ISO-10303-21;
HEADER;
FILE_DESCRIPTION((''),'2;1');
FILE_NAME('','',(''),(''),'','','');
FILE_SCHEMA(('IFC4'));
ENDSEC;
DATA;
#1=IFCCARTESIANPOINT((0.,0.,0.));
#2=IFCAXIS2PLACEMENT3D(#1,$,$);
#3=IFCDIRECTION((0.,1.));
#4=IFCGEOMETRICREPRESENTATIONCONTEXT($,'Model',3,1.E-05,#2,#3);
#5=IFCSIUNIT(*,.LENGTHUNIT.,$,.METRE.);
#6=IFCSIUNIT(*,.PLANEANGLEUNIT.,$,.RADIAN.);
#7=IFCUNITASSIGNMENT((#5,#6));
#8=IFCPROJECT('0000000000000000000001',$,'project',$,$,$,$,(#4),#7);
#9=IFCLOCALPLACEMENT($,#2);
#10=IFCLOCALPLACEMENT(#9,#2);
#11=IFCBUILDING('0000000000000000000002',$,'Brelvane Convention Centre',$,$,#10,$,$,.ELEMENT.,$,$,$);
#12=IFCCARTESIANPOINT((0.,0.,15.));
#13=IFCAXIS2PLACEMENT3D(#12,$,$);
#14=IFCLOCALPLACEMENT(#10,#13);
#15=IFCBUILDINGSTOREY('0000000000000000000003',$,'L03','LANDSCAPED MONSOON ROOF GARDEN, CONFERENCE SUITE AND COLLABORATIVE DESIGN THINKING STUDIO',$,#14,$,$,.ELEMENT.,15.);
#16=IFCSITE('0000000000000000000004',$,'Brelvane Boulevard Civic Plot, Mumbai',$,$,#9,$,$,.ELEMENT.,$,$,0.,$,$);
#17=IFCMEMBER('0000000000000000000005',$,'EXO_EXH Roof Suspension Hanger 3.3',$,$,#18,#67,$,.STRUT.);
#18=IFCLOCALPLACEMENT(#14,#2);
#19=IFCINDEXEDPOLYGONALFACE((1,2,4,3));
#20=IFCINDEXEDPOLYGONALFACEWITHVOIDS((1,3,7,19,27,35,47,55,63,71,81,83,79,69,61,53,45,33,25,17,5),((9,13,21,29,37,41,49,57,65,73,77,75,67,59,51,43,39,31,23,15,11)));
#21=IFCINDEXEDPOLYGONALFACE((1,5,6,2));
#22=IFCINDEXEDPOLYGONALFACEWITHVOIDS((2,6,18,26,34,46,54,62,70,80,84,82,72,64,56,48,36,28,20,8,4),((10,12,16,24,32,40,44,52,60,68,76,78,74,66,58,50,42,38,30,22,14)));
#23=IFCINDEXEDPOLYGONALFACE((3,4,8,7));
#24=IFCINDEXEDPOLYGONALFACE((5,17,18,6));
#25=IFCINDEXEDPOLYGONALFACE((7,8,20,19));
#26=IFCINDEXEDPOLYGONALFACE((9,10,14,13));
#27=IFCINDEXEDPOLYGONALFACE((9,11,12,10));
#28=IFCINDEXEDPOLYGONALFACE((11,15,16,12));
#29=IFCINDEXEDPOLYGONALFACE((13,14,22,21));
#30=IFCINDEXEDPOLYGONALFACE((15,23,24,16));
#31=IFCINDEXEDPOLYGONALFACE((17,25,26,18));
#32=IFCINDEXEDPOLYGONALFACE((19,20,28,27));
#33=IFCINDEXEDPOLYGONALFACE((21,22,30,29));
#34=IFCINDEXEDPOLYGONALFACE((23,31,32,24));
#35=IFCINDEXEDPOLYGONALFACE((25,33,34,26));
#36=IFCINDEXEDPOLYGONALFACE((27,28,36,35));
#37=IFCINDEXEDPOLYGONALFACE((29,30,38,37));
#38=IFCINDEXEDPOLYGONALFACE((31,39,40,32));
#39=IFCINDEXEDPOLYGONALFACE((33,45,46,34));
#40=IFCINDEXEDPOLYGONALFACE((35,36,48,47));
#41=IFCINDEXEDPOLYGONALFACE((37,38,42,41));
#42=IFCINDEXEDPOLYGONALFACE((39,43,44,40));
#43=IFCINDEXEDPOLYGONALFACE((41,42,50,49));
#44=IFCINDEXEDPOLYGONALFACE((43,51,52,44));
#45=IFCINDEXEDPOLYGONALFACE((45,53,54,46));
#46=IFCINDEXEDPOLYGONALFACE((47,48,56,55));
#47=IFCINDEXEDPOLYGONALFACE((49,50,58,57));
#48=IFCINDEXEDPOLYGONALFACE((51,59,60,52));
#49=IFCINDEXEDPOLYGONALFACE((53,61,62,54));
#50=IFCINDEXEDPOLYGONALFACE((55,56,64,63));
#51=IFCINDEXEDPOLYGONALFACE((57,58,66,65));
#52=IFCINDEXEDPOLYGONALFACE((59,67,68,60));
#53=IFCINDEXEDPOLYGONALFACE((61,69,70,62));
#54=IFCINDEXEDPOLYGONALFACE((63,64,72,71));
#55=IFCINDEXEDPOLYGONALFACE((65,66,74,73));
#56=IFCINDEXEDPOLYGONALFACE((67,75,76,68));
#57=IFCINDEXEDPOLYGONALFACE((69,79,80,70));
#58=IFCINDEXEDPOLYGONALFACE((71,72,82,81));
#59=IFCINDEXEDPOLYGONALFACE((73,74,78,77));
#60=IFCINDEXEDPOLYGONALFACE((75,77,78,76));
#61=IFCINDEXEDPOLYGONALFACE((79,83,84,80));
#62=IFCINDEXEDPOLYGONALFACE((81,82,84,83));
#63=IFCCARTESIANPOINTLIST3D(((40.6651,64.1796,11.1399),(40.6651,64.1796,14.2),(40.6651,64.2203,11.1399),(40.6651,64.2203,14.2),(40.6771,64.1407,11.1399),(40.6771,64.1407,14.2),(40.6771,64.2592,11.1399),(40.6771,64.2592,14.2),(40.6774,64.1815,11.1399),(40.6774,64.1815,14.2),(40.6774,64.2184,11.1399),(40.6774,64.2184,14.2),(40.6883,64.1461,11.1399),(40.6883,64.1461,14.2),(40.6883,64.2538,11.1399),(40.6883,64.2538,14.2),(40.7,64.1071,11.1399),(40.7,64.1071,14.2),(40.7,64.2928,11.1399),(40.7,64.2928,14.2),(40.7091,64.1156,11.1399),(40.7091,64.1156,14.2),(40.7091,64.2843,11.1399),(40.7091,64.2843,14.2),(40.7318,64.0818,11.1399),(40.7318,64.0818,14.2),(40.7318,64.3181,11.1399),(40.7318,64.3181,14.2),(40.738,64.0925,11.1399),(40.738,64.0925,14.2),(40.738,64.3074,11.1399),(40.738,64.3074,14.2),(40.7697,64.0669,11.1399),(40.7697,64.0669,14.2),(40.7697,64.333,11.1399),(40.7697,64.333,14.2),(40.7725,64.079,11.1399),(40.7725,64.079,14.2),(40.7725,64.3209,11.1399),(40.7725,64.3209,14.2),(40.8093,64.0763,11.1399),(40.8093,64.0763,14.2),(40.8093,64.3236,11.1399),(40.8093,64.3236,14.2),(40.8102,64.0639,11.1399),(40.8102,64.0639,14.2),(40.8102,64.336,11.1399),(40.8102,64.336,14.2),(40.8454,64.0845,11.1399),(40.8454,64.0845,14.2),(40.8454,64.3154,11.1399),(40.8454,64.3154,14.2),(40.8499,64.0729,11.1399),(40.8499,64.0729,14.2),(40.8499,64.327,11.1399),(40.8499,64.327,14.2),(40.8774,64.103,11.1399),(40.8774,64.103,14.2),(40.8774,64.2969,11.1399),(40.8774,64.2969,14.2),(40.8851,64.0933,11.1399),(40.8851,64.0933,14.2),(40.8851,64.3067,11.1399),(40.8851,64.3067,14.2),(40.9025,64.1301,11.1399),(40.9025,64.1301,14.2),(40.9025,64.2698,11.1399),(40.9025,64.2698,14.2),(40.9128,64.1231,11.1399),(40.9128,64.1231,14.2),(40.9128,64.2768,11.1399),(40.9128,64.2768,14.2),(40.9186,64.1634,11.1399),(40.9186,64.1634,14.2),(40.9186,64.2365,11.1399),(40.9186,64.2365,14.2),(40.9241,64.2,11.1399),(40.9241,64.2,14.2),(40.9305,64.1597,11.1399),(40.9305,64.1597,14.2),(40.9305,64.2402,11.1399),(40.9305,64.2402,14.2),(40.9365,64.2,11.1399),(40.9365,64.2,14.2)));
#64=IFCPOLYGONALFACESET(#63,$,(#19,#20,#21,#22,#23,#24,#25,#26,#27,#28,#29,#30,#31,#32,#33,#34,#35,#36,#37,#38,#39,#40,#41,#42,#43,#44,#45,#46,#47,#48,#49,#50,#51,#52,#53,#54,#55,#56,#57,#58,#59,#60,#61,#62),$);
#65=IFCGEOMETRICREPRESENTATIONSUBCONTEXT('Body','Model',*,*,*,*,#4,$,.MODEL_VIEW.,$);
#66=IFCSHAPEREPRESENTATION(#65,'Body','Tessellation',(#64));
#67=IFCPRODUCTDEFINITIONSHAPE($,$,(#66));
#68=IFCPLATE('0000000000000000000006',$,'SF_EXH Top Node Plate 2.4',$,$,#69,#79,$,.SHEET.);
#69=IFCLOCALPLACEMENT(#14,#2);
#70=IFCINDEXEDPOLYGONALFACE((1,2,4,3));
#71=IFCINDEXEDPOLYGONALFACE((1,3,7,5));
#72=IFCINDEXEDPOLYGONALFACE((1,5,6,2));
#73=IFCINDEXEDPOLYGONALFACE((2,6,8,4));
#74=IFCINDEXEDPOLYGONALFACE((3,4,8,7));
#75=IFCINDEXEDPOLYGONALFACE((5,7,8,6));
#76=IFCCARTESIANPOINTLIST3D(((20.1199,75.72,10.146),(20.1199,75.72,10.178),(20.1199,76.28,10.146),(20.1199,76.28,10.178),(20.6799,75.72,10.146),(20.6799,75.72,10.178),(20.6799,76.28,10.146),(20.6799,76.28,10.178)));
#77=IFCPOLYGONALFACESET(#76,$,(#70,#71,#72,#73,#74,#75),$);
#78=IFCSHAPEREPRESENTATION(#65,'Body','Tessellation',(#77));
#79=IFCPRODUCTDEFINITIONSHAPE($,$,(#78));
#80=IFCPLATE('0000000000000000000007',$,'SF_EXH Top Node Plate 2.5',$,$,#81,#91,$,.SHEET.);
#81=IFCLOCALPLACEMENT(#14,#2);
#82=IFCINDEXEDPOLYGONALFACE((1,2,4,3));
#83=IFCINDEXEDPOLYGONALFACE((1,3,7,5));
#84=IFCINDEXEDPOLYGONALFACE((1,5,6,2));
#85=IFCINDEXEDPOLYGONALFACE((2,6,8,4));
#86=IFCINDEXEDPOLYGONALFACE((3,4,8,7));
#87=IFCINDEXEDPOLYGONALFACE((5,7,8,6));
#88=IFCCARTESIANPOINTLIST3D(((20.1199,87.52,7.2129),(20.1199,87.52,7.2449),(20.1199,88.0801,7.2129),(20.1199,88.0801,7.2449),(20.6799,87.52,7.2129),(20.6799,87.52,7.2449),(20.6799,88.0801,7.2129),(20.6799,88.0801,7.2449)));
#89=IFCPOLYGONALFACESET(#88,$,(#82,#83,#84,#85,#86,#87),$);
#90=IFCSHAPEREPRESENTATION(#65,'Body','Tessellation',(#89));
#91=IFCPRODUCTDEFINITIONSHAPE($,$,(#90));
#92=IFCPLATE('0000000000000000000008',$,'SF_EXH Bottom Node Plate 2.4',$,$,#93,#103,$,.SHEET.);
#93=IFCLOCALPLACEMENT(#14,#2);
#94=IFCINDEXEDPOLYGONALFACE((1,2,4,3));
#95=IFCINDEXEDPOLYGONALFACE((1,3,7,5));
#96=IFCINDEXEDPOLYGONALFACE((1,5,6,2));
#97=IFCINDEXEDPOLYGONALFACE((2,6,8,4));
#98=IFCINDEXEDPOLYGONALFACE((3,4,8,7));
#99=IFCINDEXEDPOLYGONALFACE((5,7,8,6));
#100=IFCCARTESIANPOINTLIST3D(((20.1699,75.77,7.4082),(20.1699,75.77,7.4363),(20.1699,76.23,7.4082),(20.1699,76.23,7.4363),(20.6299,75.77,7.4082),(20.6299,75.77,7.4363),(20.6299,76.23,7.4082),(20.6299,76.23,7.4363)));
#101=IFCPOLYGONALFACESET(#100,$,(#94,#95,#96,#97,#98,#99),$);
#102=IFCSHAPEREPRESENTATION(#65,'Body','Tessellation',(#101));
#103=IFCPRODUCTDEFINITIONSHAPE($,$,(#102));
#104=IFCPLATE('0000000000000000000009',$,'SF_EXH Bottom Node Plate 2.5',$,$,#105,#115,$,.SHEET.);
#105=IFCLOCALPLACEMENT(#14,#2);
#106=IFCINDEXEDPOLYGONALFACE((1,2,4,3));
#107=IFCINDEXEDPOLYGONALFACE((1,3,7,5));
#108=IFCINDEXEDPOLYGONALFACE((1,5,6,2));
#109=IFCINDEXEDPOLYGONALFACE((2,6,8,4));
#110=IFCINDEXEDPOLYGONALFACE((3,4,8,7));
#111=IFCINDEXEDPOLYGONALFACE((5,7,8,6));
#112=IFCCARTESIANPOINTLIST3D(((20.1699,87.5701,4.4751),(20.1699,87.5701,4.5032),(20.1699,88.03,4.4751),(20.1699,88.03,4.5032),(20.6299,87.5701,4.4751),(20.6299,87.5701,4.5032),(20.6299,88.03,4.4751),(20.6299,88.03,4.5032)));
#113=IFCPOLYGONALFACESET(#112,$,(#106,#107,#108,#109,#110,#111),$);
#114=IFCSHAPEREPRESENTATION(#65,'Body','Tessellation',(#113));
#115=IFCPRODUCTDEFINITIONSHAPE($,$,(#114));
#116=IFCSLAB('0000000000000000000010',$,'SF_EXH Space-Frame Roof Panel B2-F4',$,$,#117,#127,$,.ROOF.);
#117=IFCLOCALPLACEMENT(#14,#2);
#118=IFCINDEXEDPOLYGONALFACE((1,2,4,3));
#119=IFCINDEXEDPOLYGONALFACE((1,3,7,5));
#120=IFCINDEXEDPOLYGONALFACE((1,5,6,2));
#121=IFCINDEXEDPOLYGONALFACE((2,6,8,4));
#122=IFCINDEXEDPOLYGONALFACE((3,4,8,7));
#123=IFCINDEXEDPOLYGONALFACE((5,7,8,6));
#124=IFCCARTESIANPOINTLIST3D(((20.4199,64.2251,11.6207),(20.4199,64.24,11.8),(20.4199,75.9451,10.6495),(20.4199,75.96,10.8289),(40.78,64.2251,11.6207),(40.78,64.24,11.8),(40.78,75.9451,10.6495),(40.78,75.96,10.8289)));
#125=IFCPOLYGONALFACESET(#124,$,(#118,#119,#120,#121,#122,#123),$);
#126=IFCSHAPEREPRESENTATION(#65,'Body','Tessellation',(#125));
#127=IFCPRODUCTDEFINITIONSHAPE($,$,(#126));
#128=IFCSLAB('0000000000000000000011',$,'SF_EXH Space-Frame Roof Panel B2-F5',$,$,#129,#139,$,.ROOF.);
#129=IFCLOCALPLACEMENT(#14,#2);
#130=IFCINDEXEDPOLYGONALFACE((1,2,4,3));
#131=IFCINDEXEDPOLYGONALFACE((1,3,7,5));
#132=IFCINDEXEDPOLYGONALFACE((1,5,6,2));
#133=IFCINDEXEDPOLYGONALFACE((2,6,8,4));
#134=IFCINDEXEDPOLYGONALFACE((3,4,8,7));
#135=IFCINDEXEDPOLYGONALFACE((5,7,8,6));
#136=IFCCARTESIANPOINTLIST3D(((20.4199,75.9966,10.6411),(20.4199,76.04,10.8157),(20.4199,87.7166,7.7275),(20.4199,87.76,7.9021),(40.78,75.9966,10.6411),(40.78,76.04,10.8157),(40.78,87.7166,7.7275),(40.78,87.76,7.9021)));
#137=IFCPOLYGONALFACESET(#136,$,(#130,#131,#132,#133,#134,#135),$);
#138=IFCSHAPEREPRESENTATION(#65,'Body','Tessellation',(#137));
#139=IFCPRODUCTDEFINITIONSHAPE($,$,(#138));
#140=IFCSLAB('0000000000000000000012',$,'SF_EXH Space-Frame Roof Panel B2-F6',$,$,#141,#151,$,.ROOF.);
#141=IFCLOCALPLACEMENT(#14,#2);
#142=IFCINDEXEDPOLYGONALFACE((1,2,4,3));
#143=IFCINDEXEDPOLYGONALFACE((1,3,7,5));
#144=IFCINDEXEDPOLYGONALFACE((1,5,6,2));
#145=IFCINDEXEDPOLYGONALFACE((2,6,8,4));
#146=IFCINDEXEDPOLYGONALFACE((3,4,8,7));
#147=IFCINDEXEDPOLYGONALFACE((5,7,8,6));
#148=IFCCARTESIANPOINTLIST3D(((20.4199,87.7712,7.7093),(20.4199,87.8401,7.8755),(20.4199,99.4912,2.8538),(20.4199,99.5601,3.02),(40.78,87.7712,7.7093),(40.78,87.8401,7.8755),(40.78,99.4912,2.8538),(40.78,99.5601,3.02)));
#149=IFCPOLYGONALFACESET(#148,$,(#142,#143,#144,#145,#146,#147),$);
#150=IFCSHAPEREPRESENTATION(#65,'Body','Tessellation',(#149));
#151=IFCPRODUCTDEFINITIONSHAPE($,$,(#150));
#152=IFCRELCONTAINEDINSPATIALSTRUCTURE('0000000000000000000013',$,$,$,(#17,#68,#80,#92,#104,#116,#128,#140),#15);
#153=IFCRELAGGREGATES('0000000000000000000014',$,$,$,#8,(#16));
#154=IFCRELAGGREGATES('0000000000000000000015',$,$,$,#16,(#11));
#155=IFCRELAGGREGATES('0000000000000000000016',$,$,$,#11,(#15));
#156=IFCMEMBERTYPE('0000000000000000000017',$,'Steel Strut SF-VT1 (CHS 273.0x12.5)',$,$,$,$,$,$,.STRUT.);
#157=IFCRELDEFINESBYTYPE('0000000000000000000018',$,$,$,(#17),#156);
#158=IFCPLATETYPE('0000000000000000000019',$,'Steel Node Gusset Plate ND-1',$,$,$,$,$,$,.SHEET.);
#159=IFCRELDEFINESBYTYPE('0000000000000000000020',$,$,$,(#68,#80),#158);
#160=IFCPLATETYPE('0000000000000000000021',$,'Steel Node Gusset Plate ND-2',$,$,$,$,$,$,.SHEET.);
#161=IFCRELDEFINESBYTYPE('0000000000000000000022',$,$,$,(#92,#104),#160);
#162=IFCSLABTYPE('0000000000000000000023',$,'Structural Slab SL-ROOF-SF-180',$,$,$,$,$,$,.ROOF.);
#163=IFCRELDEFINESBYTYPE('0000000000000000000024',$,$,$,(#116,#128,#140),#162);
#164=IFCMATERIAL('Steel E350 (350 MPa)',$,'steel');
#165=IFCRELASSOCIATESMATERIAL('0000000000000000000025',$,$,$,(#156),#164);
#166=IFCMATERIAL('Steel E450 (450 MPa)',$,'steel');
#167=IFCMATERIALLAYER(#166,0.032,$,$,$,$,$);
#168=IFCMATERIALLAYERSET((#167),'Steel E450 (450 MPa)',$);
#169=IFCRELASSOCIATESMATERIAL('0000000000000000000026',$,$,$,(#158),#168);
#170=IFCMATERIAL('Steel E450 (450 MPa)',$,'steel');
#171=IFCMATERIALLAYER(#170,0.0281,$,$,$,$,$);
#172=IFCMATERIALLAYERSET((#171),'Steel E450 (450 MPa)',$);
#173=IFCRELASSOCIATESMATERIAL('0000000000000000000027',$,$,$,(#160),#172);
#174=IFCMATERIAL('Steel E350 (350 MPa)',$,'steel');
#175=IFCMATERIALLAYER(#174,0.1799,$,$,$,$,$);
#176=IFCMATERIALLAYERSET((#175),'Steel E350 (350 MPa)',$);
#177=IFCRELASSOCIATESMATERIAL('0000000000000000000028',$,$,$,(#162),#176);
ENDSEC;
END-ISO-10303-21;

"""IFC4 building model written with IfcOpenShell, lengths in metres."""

from ifc_helpers import new_model, si_unit, direction, frame, origin, origin_2d, place, context, subcontext, project, spatial, polyline, rectangle, hollow_circle, outline, extrude, material, layer, layer_set, material_profile, profile_set, type_object, element, save


model = new_model("IFC4")

# Units and contexts
model_context = context("Model", 3, precision=1e-05, world=origin(), true_north=direction((0.0, 1.0)))
body_context = subcontext(model_context, "Body", "Model", "MODEL_VIEW")
ifc_project = project(units=[si_unit("LENGTHUNIT", "METRE"), si_unit("PLANEANGLEUNIT", "RADIAN")], contexts=[model_context])

# Site, building, storey
site_placement = place(None, origin())
site = spatial("IfcSite", under=ifc_project, at=site_placement, Name="Brelvane Boulevard Civic Plot, Mumbai", CompositionType="ELEMENT", RefElevation=0.0)
building_placement = place(site_placement, origin())
building = spatial("IfcBuilding", under=site, at=building_placement, Name="Brelvane Convention Centre", CompositionType="ELEMENT")
storey_placement = place(building_placement, frame((0.0, 0.0, 15.0)))
storey = spatial("IfcBuildingStorey", under=building, at=storey_placement, Name="L03", Description="LANDSCAPED MONSOON ROOF GARDEN, CONFERENCE SUITE AND COLLABORATIVE DESIGN THINKING STUDIO", CompositionType="ELEMENT", Elevation=15.0)

# Member
ifc_material_1 = material(Name="Steel E350 (350 MPa)", Category="steel")
ifc_material_profile_1 = material_profile(ifc_material_1, hollow_circle(Radius=0.1365, WallThickness=0.0125, at=origin_2d()), Name="CHS 273.0x12.5")
ifc_profile_set_1 = profile_set([ifc_material_profile_1], Name="Steel E350 (350 MPa)")
member_type_1 = type_object("IfcMemberType", Name="Steel Strut SF-VT1 (CHS 273.0x12.5)", PredefinedType="STRUT", material=ifc_profile_set_1)
member_1_placement = place(storey_placement, frame((40.8, 64.2, 11.1399), z_axis=(0.0, 0.0, 1.0), x_axis=(1.0, 0.0, 0.0)))
element("IfcMember", 1, at=member_1_placement, inside=storey, type_object=member_type_1, Name="EXO_EXH Roof Suspension Hanger 3.3", PredefinedType="STRUT", context=body_context, shape_type="SweptSolid", body=[
    extrude(hollow_circle(Radius=0.1365, WallThickness=0.0125, at=origin_2d()), origin(), (0.0, 0.0, 1.0), 3.0601),
])

# Plates
ifc_material_2 = material(Name="Steel E450 (450 MPa)", Category="steel")
ifc_layer_1 = layer(ifc_material_2, 0.032)
ifc_layer_set_1 = layer_set([ifc_layer_1], Name="Steel E450 (450 MPa)")
plate_type_1 = type_object("IfcPlateType", Name="Steel Node Gusset Plate ND-1", PredefinedType="SHEET", material=ifc_layer_set_1)
for number, where, z_axis, x_axis, name in (
    (2, (20.3999, 76.0, 10.146), (0.0, 0.0, 1.0), (1.0, 0.0, 0.0), "SF_EXH Top Node Plate 2.4"),
    (3, (20.3999, 87.8, 7.2129), (0.0, 0.0, 1.0), (1.0, 0.0, 0.0), "SF_EXH Top Node Plate 2.5"),
):
    element("IfcPlate", number, at=place(storey_placement, frame(where, z_axis=z_axis, x_axis=x_axis)), inside=storey, type_object=plate_type_1, Name=name, PredefinedType="SHEET", context=body_context, shape_type="SweptSolid", body=[
        extrude(rectangle(XDim=0.5601, YDim=0.5601, at=origin_2d()), origin(), (0.0, 0.0, 1.0), 0.032),
    ])
ifc_material_3 = material(Name="Steel E450 (450 MPa)", Category="steel")
ifc_layer_2 = layer(ifc_material_3, 0.0281)
ifc_layer_set_2 = layer_set([ifc_layer_2], Name="Steel E450 (450 MPa)")
plate_type_2 = type_object("IfcPlateType", Name="Steel Node Gusset Plate ND-2", PredefinedType="SHEET", material=ifc_layer_set_2)
for number, where, z_axis, x_axis, name in (
    (4, (20.3999, 76.0, 7.4082), (0.0, 0.0, 1.0), (1.0, 0.0, 0.0), "SF_EXH Bottom Node Plate 2.4"),
    (5, (20.3999, 87.8, 4.4751), (0.0, 0.0, 1.0), (1.0, 0.0, 0.0), "SF_EXH Bottom Node Plate 2.5"),
):
    element("IfcPlate", number, at=place(storey_placement, frame(where, z_axis=z_axis, x_axis=x_axis)), inside=storey, type_object=plate_type_2, Name=name, PredefinedType="SHEET", context=body_context, shape_type="SweptSolid", body=[
        extrude(rectangle(XDim=0.46, YDim=0.46, at=origin_2d()), origin(), (0.0, 0.0, 1.0), 0.0281),
    ])

# Slabs
ifc_material_4 = material(Name="Steel E350 (350 MPa)", Category="steel")
ifc_layer_3 = layer(ifc_material_4, 0.1799)
ifc_layer_set_3 = layer_set([ifc_layer_3], Name="Steel E350 (350 MPa)")
slab_type = type_object("IfcSlabType", Name="Structural Slab SL-ROOF-SF-180", PredefinedType="ROOF", material=ifc_layer_set_3)
slab_1_placement = place(storey_placement, frame((20.4199, 64.24, 11.8), z_axis=(0.0, 0.082583, 0.996584), x_axis=(1.0, 0.0, 0.0)))
element("IfcSlab", 6, at=slab_1_placement, inside=storey, type_object=slab_type, Name="SF_EXH Space-Frame Roof Panel B2-F4", PredefinedType="ROOF", context=body_context, shape_type="SweptSolid", body=[
    extrude(outline(polyline([(0.0, 0.0), (20.3601, 0.0), (20.3601, 11.7601), (0.0, 11.7601), (0.0, 0.0)])), origin(), (0.0, 0.0, -1.0), 0.1799),
])
slab_2_placement = place(storey_placement, frame((20.4199, 76.04, 10.8157), z_axis=(0.0, 0.241256, 0.970462), x_axis=(1.0, 0.0, 0.0)))
element("IfcSlab", 7, at=slab_2_placement, inside=storey, type_object=slab_type, Name="SF_EXH Space-Frame Roof Panel B2-F5", PredefinedType="ROOF", context=body_context, shape_type="SweptSolid", body=[
    extrude(outline(polyline([(0.0, 0.0), (20.3601, 0.0), (20.3601, 12.0767), (0.0, 12.0767), (0.0, 0.0)])), origin(), (0.0, 0.0, -1.0), 0.1799),
])
slab_3_placement = place(storey_placement, frame((20.4199, 87.8401, 7.8755), z_axis=(0.0, 0.382744, 0.923855), x_axis=(1.0, 0.0, 0.0)))
element("IfcSlab", 8, at=slab_3_placement, inside=storey, type_object=slab_type, Name="SF_EXH Space-Frame Roof Panel B2-F6", PredefinedType="ROOF", context=body_context, shape_type="SweptSolid", body=[
    extrude(outline(polyline([(0.0, 0.0), (20.3601, 0.0), (20.3601, 12.6859), (0.0, 12.6859), (0.0, 0.0)])), origin(), (0.0, 0.0, -1.0), 0.1799),
])

save(model, "model.ifc")
